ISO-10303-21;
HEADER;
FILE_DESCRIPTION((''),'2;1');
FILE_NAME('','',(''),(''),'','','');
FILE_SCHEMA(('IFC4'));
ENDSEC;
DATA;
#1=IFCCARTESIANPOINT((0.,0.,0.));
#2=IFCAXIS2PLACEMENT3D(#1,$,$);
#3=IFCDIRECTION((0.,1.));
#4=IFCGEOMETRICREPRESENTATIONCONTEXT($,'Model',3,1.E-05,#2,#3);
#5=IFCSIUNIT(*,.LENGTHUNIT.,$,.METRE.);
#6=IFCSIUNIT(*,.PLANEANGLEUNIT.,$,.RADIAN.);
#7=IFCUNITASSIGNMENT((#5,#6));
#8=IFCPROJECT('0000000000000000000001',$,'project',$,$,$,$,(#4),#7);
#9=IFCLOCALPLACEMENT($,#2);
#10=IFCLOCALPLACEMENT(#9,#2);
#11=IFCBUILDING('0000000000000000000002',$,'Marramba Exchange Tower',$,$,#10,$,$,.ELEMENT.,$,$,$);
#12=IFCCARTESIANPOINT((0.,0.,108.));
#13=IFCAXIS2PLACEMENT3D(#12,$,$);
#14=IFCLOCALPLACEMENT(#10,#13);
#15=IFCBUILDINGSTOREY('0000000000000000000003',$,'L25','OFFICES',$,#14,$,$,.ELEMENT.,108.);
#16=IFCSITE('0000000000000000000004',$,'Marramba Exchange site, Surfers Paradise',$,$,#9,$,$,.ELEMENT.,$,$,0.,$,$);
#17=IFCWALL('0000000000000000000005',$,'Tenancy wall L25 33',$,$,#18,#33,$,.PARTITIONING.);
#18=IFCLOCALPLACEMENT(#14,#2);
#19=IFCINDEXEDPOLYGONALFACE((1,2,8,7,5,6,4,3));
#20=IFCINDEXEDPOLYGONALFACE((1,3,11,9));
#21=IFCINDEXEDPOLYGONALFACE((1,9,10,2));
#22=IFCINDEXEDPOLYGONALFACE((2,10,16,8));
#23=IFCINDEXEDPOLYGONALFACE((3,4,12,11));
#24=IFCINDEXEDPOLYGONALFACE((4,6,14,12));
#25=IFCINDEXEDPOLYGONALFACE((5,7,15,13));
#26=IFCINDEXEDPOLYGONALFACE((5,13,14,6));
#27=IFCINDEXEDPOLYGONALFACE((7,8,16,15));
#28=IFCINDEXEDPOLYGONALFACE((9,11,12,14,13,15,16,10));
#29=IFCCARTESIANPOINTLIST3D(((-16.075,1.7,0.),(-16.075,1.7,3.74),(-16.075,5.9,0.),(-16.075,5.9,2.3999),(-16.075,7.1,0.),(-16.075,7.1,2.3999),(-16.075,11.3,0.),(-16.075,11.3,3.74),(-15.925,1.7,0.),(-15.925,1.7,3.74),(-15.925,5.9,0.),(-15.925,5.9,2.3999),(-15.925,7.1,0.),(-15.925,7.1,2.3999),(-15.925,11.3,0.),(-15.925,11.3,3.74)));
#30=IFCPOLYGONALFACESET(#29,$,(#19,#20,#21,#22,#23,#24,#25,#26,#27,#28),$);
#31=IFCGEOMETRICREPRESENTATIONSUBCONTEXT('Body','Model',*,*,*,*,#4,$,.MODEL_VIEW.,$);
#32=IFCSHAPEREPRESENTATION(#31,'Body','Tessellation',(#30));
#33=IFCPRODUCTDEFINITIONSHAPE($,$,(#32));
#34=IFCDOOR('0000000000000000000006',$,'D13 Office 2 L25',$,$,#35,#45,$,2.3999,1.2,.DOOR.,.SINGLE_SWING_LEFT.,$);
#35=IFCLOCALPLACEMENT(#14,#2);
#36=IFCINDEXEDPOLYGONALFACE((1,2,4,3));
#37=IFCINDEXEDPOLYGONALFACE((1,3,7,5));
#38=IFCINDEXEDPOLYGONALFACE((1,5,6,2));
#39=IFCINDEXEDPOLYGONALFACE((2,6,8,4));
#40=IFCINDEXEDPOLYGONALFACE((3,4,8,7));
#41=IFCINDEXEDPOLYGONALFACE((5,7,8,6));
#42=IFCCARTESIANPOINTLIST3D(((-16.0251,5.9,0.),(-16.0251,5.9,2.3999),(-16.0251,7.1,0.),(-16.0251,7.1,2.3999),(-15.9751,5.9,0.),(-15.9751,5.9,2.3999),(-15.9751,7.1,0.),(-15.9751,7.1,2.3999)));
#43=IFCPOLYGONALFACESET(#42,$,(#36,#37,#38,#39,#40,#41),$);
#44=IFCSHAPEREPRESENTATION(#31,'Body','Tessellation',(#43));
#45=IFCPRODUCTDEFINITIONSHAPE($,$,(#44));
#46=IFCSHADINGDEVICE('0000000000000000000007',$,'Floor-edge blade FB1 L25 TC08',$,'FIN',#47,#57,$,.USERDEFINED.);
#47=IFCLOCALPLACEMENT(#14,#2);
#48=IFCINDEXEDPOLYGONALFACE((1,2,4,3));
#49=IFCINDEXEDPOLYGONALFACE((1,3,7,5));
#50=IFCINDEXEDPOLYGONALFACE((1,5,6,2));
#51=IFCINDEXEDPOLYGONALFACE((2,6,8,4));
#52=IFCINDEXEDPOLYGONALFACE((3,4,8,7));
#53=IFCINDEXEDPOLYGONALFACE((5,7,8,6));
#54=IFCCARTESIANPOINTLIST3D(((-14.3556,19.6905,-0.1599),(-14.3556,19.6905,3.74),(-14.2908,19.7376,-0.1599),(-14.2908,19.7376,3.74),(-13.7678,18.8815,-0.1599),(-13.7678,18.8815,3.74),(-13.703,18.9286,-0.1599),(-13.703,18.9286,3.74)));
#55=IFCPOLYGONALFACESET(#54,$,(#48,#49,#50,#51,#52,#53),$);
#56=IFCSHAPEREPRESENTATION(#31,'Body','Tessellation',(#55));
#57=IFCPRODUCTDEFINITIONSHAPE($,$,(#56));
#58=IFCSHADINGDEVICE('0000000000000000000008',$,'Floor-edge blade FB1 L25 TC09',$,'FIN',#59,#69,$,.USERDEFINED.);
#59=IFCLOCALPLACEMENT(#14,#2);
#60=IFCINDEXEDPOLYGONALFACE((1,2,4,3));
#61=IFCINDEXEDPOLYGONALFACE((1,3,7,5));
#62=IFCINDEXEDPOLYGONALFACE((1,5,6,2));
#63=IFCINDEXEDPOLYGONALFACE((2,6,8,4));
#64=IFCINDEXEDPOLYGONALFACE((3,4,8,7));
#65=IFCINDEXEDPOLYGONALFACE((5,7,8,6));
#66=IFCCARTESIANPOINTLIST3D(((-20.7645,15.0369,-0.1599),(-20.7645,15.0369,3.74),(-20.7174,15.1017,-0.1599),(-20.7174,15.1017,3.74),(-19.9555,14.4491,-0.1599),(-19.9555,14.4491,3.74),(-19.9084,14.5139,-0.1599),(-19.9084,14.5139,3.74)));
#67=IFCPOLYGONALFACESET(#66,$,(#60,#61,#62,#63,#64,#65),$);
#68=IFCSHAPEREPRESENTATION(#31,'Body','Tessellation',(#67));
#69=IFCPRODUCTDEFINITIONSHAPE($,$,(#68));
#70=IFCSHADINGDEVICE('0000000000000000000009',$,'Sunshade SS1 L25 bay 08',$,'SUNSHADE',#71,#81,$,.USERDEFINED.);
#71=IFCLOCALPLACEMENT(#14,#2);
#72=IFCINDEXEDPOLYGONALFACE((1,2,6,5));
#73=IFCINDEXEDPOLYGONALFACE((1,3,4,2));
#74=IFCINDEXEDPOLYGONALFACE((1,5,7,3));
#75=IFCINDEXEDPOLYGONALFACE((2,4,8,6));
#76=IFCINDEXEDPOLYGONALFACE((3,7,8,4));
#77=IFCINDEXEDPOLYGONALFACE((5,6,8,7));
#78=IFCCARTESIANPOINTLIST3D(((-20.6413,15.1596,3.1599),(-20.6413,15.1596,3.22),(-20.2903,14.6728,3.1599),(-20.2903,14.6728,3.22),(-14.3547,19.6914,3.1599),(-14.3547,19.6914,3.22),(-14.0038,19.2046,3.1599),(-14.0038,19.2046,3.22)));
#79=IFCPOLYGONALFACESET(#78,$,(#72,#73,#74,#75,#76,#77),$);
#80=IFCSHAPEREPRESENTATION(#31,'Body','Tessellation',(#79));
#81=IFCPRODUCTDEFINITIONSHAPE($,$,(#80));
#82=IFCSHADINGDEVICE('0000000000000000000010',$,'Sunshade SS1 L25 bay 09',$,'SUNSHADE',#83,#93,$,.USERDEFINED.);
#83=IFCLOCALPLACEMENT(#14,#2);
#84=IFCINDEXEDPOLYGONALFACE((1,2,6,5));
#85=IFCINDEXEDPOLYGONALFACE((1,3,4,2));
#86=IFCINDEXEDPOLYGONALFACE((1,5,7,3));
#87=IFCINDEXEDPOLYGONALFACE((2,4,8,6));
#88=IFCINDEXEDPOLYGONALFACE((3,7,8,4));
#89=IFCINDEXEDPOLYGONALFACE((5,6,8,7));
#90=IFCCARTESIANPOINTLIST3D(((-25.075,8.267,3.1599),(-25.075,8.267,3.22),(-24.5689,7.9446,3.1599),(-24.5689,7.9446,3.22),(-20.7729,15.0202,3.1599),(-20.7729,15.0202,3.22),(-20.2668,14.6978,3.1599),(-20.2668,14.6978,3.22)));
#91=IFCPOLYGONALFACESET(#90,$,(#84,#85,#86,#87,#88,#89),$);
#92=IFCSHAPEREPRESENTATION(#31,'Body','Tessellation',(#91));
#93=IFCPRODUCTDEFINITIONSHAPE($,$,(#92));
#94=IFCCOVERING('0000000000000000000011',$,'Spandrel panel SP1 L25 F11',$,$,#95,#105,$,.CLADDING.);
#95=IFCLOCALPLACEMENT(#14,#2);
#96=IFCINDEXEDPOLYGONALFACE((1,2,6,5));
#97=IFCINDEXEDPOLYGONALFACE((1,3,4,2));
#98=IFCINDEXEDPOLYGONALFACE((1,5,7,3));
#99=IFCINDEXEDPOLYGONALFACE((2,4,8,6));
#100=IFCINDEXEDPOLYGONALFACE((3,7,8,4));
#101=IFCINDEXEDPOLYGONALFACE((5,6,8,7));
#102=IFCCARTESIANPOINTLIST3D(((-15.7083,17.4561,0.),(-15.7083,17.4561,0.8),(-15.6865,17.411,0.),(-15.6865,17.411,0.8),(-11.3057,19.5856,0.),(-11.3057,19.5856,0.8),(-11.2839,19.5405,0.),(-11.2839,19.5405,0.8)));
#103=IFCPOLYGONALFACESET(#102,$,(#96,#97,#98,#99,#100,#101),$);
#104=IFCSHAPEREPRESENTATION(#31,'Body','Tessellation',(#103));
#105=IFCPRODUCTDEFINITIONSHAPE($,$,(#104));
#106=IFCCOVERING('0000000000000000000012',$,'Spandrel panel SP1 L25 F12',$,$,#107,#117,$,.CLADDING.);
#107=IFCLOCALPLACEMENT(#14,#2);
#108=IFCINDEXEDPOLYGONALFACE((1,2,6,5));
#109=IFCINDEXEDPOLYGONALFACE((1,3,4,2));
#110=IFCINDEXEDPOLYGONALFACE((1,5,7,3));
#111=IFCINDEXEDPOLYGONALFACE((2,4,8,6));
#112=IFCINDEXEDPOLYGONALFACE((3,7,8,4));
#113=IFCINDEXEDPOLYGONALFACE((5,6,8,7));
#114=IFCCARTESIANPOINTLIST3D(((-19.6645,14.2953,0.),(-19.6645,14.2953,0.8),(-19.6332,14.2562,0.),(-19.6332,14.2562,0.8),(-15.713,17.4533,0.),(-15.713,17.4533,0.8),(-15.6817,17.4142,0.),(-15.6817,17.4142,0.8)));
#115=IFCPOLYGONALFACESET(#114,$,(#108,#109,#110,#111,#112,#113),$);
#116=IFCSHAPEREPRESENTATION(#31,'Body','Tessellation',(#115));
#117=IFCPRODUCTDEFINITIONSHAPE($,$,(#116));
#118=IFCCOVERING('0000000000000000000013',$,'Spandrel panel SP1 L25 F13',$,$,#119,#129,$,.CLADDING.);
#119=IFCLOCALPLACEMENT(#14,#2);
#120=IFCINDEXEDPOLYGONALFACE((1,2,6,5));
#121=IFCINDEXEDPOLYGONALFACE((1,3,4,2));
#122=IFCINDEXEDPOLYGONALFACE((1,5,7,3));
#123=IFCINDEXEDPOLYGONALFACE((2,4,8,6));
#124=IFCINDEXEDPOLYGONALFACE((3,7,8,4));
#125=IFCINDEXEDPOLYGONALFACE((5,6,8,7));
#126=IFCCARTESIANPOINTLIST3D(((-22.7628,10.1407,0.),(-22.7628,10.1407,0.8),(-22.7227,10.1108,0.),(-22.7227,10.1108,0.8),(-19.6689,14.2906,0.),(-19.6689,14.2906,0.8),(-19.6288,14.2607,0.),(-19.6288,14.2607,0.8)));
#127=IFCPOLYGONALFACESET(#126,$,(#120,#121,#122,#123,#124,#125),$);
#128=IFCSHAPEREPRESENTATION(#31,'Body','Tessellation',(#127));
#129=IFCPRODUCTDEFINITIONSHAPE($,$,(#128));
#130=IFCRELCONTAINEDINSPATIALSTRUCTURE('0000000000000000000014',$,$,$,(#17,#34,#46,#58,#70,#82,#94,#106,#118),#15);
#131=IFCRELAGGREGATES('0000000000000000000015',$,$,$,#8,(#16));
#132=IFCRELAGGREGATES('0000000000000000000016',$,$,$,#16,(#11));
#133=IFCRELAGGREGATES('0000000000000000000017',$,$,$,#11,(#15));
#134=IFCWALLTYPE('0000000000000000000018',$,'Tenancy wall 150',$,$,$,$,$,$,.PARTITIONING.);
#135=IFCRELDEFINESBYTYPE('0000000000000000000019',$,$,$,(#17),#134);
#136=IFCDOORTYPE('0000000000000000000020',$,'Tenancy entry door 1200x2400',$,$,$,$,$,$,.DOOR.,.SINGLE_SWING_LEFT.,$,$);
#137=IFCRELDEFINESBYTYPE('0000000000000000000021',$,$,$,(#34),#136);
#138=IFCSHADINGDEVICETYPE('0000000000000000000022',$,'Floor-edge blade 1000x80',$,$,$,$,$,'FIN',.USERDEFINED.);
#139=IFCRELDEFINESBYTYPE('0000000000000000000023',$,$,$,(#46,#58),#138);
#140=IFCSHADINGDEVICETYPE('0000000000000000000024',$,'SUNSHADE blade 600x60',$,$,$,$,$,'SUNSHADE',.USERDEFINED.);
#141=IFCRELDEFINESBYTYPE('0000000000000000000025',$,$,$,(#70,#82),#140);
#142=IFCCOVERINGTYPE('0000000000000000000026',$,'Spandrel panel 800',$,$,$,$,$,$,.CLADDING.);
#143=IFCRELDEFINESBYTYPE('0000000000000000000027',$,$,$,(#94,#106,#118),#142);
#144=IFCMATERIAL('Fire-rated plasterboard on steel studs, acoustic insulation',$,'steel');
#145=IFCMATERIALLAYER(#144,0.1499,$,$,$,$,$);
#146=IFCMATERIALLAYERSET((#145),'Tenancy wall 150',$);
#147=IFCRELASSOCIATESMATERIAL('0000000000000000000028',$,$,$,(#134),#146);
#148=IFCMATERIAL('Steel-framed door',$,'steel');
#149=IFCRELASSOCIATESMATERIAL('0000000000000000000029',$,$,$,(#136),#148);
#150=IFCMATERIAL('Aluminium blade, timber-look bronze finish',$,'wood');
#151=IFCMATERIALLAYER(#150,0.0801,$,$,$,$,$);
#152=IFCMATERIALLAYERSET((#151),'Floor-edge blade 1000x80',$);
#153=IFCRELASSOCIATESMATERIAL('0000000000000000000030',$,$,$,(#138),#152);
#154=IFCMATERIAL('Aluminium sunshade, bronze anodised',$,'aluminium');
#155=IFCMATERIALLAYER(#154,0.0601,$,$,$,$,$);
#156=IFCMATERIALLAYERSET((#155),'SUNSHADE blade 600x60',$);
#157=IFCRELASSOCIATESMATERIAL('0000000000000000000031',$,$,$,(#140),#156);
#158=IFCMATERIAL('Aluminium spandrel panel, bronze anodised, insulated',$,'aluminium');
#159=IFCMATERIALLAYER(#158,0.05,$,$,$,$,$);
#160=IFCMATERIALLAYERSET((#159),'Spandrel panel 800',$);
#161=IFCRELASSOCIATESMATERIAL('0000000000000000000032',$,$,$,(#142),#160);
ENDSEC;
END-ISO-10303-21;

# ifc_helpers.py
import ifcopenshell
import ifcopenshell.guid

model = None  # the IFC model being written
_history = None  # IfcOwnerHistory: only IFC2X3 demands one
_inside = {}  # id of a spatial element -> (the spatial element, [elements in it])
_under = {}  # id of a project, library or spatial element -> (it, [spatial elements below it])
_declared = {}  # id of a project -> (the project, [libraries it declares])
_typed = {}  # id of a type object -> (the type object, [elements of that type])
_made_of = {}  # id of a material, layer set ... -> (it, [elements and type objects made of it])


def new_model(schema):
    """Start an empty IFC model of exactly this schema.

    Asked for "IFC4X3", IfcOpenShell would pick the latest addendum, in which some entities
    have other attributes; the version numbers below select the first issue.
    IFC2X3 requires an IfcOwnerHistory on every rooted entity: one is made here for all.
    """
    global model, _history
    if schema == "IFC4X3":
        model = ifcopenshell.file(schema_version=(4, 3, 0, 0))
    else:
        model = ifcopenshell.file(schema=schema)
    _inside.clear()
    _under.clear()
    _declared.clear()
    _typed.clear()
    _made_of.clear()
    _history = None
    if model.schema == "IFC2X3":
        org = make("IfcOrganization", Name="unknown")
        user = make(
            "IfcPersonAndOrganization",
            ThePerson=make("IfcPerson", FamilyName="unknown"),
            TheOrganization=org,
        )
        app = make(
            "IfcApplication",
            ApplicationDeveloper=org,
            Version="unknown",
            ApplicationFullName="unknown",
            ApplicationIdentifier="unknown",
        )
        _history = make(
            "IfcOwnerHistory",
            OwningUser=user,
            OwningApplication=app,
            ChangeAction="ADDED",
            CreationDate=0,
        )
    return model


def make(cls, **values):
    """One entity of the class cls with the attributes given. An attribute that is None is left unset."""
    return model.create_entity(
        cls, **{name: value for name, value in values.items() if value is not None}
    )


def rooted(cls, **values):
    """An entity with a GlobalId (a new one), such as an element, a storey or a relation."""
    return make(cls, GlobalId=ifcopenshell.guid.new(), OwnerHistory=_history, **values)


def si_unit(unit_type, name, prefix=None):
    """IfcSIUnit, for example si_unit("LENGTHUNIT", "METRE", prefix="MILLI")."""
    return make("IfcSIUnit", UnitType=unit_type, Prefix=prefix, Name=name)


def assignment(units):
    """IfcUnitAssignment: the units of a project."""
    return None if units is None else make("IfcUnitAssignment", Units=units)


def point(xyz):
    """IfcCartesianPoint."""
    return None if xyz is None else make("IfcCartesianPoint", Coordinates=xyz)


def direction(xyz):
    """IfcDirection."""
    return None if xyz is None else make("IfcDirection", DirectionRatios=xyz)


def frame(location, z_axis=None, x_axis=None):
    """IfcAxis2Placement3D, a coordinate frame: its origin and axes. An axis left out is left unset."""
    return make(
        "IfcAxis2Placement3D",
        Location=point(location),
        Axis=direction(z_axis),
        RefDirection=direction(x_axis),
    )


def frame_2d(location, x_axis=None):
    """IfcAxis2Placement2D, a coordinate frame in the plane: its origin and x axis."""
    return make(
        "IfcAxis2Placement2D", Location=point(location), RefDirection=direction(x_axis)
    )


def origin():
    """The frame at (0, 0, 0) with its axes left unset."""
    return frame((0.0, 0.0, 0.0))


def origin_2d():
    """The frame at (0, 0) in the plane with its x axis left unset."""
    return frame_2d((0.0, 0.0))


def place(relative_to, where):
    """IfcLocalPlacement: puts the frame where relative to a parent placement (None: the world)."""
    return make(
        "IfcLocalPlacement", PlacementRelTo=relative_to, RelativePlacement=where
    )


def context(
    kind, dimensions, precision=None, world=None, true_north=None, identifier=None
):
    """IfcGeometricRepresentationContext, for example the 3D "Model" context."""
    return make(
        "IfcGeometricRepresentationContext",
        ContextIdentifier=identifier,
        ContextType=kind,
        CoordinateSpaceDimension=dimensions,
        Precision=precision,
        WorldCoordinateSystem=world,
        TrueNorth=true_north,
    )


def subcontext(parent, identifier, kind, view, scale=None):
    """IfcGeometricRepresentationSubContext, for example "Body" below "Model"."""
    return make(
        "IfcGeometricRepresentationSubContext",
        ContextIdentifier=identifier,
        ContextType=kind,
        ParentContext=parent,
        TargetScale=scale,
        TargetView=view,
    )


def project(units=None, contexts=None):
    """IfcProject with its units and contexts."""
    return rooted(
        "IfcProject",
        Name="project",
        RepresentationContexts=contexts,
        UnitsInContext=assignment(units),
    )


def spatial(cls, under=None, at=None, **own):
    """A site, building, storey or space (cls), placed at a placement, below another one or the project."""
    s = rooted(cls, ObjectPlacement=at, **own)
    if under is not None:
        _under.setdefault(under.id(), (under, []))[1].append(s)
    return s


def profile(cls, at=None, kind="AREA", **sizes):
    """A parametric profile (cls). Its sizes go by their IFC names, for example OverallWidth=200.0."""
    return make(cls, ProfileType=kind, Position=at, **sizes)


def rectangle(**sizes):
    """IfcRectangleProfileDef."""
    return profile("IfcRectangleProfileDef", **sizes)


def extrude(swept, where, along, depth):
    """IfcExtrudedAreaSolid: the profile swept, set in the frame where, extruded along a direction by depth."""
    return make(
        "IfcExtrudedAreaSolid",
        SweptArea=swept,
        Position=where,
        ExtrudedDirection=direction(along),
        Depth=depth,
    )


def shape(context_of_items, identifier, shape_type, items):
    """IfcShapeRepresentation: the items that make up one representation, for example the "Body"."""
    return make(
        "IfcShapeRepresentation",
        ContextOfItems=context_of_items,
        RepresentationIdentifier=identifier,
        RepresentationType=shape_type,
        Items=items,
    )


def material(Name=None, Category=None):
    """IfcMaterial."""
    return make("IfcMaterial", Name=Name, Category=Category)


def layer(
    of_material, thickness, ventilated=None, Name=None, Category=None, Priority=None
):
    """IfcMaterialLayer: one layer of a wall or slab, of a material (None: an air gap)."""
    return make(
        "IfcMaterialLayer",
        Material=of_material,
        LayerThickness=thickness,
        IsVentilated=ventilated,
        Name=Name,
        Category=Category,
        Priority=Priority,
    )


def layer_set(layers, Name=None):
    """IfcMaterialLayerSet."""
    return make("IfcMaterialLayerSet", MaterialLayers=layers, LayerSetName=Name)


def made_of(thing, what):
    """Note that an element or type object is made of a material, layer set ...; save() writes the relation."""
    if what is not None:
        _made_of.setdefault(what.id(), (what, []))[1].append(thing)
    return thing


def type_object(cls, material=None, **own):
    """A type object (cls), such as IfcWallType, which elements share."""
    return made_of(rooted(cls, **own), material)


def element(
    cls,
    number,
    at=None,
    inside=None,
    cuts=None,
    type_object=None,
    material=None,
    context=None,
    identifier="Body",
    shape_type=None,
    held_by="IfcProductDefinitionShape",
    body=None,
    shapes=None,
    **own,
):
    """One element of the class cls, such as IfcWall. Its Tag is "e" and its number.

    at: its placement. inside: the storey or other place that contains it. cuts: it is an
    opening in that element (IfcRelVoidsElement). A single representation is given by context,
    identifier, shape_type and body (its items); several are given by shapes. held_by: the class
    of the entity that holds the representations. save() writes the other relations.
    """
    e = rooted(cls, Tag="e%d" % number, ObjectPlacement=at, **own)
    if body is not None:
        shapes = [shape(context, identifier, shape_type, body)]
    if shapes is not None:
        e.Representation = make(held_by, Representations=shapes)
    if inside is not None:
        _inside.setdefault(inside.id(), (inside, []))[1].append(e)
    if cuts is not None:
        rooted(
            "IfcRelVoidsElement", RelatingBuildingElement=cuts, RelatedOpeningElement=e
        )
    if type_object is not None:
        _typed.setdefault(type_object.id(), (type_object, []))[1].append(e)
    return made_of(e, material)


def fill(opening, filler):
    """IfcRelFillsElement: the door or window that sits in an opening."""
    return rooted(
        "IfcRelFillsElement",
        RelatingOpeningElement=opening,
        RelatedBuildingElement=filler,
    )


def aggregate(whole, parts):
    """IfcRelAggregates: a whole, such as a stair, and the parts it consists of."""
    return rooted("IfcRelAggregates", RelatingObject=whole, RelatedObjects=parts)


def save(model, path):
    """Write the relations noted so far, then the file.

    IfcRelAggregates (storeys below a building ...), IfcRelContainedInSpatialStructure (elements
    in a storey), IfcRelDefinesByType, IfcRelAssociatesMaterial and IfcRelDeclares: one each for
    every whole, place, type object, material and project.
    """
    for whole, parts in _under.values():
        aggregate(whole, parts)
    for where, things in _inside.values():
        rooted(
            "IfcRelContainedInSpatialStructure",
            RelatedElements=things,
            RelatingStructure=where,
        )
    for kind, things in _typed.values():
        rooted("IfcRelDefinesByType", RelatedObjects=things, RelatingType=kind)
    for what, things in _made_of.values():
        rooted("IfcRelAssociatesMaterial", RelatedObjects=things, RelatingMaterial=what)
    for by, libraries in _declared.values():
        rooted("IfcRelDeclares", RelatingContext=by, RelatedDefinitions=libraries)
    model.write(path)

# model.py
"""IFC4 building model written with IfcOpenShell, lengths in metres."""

from ifc_helpers import new_model, si_unit, direction, frame, frame_2d, origin, origin_2d, place, context, subcontext, project, spatial, rectangle, extrude, material, layer, layer_set, type_object, element, fill, save


model = new_model("IFC4")

# Units and contexts
model_context = context("Model", 3, precision=1e-05, world=origin(), true_north=direction((0.0, 1.0)))
body_context = subcontext(model_context, "Body", "Model", "MODEL_VIEW")
ifc_project = project(units=[si_unit("LENGTHUNIT", "METRE"), si_unit("PLANEANGLEUNIT", "RADIAN")], contexts=[model_context])

# Site, building, storey
site_placement = place(None, origin())
site = spatial("IfcSite", under=ifc_project, at=site_placement, Name="Marramba Exchange site, Surfers Paradise", CompositionType="ELEMENT", RefElevation=0.0)
building_placement = place(site_placement, origin())
building = spatial("IfcBuilding", under=site, at=building_placement, Name="Marramba Exchange Tower", CompositionType="ELEMENT")
storey_placement = place(building_placement, frame((0.0, 0.0, 108.0)))
storey = spatial("IfcBuildingStorey", under=building, at=storey_placement, Name="L25", Description="OFFICES", CompositionType="ELEMENT", Elevation=108.0)

# Shared definitions
ifc_material_1 = material(Name="Fire-rated plasterboard on steel studs, acoustic insulation", Category="steel")
ifc_layer_1 = layer(ifc_material_1, 0.1499)
ifc_layer_set_1 = layer_set([ifc_layer_1], Name="Tenancy wall 150")
wall_type_1 = type_object("IfcWallType", Name="Tenancy wall 150", PredefinedType="PARTITIONING", material=ifc_layer_set_1)

# Wall, opening, door
wall_1_placement = place(storey_placement, frame((-16.0, 11.3, 0.0), z_axis=(0.0, 0.0, 1.0), x_axis=(0.0, -1.0, 0.0)))
wall_1 = element("IfcWall", 1, at=wall_1_placement, inside=storey, type_object=wall_type_1, Name="Tenancy wall L25 33", PredefinedType="PARTITIONING", context=body_context, shape_type="SweptSolid", body=[
    extrude(rectangle(XDim=9.6001, YDim=0.1499, at=frame_2d((4.8, 0.0))), origin(), (0.0, 0.0, 1.0), 3.74),
])
opening_placement = place(wall_1_placement, frame((4.2, 0.0, 0.0)))
opening = element("IfcOpeningElement", 2, at=opening_placement, cuts=wall_1, PredefinedType="OPENING", context=body_context, shape_type="SweptSolid", body=[
    extrude(rectangle(XDim=1.2, YDim=2.3999, at=frame_2d((0.6001, 1.2))), frame((0.0, 0.085, 0.0), z_axis=(0.0, -1.0, 0.0), x_axis=(1.0, 0.0, 0.0)), (0.0, 0.0, 1.0), 0.1699),
])
ifc_material_2 = material(Name="Steel-framed door", Category="steel")
door_type = type_object("IfcDoorType", Name="Tenancy entry door 1200x2400", OperationType="SINGLE_SWING_LEFT", PredefinedType="DOOR", material=ifc_material_2)
door_placement = place(opening_placement, origin())
door = element("IfcDoor", 3, at=door_placement, inside=storey, type_object=door_type, Name="D13 Office 2 L25", OperationType="SINGLE_SWING_LEFT", OverallHeight=2.3999, OverallWidth=1.2, PredefinedType="DOOR", context=body_context, shape_type="SweptSolid", body=[
    extrude(rectangle(XDim=1.2, YDim=2.3999, at=frame_2d((0.6001, 1.2))), frame((0.0, 0.0249, 0.0), z_axis=(0.0, -1.0, 0.0), x_axis=(1.0, 0.0, 0.0)), (0.0, 0.0, 1.0), 0.05),
])
fill(opening, door)

# Shading devices
ifc_material_3 = material(Name="Aluminium blade, timber-look bronze finish", Category="wood")
ifc_layer_2 = layer(ifc_material_3, 0.0801)
ifc_layer_set_2 = layer_set([ifc_layer_2], Name="Floor-edge blade 1000x80")
shading_device_type_1 = type_object("IfcShadingDeviceType", Name="Floor-edge blade 1000x80", ElementType="FIN", PredefinedType="USERDEFINED", material=ifc_layer_set_2)
for number, where, z_axis, x_axis, name in (
    (4, (-14.0293, 19.3096, -0.1599), (0.0, 0.0, 1.0), (-0.587785, 0.809017, 0.0), "Floor-edge blade FB1 L25 TC08"),
    (5, (-20.3364, 14.7754, -0.1599), (0.0, 0.0, 1.0), (-0.809017, 0.587785, 0.0), "Floor-edge blade FB1 L25 TC09"),
):
    element("IfcShadingDevice", number, at=place(storey_placement, frame(where, z_axis=z_axis, x_axis=x_axis)), inside=storey, type_object=shading_device_type_1, Name=name, ObjectType="FIN", PredefinedType="USERDEFINED", context=body_context, shape_type="SweptSolid", body=[
        extrude(rectangle(XDim=1.0, YDim=0.0801, at=origin_2d()), origin(), (0.0, 0.0, 1.0), 3.8999),
    ])
ifc_material_4 = material(Name="Aluminium sunshade, bronze anodised", Category="aluminium")
ifc_layer_3 = layer(ifc_material_4, 0.0601)
ifc_layer_set_3 = layer_set([ifc_layer_3], Name="SUNSHADE blade 600x60")
shading_device_type_2 = type_object("IfcShadingDeviceType", Name="SUNSHADE blade 600x60", ElementType="SUNSHADE", PredefinedType="USERDEFINED", material=ifc_layer_set_3)
shading_device_1_placement = place(storey_placement, frame((-17.3225, 17.1821, 3.1599), z_axis=(0.0, 0.0, 1.0), x_axis=(-0.811199, -0.58477, 0.0)))
element("IfcShadingDevice", 6, at=shading_device_1_placement, inside=storey, type_object=shading_device_type_2, Name="Sunshade SS1 L25 bay 08", ObjectType="SUNSHADE", PredefinedType="USERDEFINED", context=body_context, shape_type="SweptSolid", body=[
    extrude(rectangle(XDim=7.7498, YDim=0.6001, at=origin_2d()), origin(), (0.0, 0.0, 1.0), 0.0601),
])
shading_device_2_placement = place(storey_placement, frame((-22.6709, 11.4824, 3.1599), z_axis=(0.0, 0.0, 1.0), x_axis=(-0.537285, -0.843401, 0.0)))
element("IfcShadingDevice", 7, at=shading_device_2_placement, inside=storey, type_object=shading_device_type_2, Name="Sunshade SS1 L25 bay 09", ObjectType="SUNSHADE", PredefinedType="USERDEFINED", context=body_context, shape_type="SweptSolid", body=[
    extrude(rectangle(XDim=8.0071, YDim=0.6001, at=origin_2d()), origin(), (0.0, 0.0, 1.0), 0.0601),
])

# Coverings
ifc_material_5 = material(Name="Aluminium spandrel panel, bronze anodised, insulated", Category="aluminium")
ifc_layer_4 = layer(ifc_material_5, 0.05)
ifc_layer_set_4 = layer_set([ifc_layer_4], Name="Spandrel panel 800")
covering_type = type_object("IfcCoveringType", Name="Spandrel panel 800", PredefinedType="CLADDING", material=ifc_layer_set_4)
covering_1_placement = place(storey_placement, frame((-13.4961, 18.4983, 0.0), z_axis=(0.0, 0.0, 1.0), x_axis=(-0.900224, -0.435428, 0.0)))
element("IfcCovering", 8, at=covering_1_placement, inside=storey, type_object=covering_type, Name="Spandrel panel SP1 L25 F11", PredefinedType="CLADDING", context=body_context, shape_type="SweptSolid", body=[
    extrude(rectangle(XDim=4.8906, YDim=0.05, at=origin_2d()), origin(), (0.0, 0.0, 1.0), 0.8),
])
covering_2_placement = place(storey_placement, frame((-17.6731, 15.8547, 0.0), z_axis=(0.0, 0.0, 1.0), x_axis=(-0.781178, -0.624308, 0.0)))
element("IfcCovering", 9, at=covering_2_placement, inside=storey, type_object=covering_type, Name="Spandrel panel SP1 L25 F12", PredefinedType="CLADDING", context=body_context, shape_type="SweptSolid", body=[
    extrude(rectangle(XDim=5.0583, YDim=0.05, at=origin_2d()), origin(), (0.0, 0.0, 1.0), 0.8),
])
covering_3_placement = place(storey_placement, frame((-21.1958, 12.2007, 0.0), z_axis=(0.0, 0.0, 1.0), x_axis=(-0.597704, -0.801717, 0.0)))
element("IfcCovering", 10, at=covering_3_placement, inside=storey, type_object=covering_type, Name="Spandrel panel SP1 L25 F13", PredefinedType="CLADDING", context=body_context, shape_type="SweptSolid", body=[
    extrude(rectangle(XDim=5.1763, YDim=0.05, at=origin_2d()), origin(), (0.0, 0.0, 1.0), 0.8),
])

save(model, "model.ifc")
